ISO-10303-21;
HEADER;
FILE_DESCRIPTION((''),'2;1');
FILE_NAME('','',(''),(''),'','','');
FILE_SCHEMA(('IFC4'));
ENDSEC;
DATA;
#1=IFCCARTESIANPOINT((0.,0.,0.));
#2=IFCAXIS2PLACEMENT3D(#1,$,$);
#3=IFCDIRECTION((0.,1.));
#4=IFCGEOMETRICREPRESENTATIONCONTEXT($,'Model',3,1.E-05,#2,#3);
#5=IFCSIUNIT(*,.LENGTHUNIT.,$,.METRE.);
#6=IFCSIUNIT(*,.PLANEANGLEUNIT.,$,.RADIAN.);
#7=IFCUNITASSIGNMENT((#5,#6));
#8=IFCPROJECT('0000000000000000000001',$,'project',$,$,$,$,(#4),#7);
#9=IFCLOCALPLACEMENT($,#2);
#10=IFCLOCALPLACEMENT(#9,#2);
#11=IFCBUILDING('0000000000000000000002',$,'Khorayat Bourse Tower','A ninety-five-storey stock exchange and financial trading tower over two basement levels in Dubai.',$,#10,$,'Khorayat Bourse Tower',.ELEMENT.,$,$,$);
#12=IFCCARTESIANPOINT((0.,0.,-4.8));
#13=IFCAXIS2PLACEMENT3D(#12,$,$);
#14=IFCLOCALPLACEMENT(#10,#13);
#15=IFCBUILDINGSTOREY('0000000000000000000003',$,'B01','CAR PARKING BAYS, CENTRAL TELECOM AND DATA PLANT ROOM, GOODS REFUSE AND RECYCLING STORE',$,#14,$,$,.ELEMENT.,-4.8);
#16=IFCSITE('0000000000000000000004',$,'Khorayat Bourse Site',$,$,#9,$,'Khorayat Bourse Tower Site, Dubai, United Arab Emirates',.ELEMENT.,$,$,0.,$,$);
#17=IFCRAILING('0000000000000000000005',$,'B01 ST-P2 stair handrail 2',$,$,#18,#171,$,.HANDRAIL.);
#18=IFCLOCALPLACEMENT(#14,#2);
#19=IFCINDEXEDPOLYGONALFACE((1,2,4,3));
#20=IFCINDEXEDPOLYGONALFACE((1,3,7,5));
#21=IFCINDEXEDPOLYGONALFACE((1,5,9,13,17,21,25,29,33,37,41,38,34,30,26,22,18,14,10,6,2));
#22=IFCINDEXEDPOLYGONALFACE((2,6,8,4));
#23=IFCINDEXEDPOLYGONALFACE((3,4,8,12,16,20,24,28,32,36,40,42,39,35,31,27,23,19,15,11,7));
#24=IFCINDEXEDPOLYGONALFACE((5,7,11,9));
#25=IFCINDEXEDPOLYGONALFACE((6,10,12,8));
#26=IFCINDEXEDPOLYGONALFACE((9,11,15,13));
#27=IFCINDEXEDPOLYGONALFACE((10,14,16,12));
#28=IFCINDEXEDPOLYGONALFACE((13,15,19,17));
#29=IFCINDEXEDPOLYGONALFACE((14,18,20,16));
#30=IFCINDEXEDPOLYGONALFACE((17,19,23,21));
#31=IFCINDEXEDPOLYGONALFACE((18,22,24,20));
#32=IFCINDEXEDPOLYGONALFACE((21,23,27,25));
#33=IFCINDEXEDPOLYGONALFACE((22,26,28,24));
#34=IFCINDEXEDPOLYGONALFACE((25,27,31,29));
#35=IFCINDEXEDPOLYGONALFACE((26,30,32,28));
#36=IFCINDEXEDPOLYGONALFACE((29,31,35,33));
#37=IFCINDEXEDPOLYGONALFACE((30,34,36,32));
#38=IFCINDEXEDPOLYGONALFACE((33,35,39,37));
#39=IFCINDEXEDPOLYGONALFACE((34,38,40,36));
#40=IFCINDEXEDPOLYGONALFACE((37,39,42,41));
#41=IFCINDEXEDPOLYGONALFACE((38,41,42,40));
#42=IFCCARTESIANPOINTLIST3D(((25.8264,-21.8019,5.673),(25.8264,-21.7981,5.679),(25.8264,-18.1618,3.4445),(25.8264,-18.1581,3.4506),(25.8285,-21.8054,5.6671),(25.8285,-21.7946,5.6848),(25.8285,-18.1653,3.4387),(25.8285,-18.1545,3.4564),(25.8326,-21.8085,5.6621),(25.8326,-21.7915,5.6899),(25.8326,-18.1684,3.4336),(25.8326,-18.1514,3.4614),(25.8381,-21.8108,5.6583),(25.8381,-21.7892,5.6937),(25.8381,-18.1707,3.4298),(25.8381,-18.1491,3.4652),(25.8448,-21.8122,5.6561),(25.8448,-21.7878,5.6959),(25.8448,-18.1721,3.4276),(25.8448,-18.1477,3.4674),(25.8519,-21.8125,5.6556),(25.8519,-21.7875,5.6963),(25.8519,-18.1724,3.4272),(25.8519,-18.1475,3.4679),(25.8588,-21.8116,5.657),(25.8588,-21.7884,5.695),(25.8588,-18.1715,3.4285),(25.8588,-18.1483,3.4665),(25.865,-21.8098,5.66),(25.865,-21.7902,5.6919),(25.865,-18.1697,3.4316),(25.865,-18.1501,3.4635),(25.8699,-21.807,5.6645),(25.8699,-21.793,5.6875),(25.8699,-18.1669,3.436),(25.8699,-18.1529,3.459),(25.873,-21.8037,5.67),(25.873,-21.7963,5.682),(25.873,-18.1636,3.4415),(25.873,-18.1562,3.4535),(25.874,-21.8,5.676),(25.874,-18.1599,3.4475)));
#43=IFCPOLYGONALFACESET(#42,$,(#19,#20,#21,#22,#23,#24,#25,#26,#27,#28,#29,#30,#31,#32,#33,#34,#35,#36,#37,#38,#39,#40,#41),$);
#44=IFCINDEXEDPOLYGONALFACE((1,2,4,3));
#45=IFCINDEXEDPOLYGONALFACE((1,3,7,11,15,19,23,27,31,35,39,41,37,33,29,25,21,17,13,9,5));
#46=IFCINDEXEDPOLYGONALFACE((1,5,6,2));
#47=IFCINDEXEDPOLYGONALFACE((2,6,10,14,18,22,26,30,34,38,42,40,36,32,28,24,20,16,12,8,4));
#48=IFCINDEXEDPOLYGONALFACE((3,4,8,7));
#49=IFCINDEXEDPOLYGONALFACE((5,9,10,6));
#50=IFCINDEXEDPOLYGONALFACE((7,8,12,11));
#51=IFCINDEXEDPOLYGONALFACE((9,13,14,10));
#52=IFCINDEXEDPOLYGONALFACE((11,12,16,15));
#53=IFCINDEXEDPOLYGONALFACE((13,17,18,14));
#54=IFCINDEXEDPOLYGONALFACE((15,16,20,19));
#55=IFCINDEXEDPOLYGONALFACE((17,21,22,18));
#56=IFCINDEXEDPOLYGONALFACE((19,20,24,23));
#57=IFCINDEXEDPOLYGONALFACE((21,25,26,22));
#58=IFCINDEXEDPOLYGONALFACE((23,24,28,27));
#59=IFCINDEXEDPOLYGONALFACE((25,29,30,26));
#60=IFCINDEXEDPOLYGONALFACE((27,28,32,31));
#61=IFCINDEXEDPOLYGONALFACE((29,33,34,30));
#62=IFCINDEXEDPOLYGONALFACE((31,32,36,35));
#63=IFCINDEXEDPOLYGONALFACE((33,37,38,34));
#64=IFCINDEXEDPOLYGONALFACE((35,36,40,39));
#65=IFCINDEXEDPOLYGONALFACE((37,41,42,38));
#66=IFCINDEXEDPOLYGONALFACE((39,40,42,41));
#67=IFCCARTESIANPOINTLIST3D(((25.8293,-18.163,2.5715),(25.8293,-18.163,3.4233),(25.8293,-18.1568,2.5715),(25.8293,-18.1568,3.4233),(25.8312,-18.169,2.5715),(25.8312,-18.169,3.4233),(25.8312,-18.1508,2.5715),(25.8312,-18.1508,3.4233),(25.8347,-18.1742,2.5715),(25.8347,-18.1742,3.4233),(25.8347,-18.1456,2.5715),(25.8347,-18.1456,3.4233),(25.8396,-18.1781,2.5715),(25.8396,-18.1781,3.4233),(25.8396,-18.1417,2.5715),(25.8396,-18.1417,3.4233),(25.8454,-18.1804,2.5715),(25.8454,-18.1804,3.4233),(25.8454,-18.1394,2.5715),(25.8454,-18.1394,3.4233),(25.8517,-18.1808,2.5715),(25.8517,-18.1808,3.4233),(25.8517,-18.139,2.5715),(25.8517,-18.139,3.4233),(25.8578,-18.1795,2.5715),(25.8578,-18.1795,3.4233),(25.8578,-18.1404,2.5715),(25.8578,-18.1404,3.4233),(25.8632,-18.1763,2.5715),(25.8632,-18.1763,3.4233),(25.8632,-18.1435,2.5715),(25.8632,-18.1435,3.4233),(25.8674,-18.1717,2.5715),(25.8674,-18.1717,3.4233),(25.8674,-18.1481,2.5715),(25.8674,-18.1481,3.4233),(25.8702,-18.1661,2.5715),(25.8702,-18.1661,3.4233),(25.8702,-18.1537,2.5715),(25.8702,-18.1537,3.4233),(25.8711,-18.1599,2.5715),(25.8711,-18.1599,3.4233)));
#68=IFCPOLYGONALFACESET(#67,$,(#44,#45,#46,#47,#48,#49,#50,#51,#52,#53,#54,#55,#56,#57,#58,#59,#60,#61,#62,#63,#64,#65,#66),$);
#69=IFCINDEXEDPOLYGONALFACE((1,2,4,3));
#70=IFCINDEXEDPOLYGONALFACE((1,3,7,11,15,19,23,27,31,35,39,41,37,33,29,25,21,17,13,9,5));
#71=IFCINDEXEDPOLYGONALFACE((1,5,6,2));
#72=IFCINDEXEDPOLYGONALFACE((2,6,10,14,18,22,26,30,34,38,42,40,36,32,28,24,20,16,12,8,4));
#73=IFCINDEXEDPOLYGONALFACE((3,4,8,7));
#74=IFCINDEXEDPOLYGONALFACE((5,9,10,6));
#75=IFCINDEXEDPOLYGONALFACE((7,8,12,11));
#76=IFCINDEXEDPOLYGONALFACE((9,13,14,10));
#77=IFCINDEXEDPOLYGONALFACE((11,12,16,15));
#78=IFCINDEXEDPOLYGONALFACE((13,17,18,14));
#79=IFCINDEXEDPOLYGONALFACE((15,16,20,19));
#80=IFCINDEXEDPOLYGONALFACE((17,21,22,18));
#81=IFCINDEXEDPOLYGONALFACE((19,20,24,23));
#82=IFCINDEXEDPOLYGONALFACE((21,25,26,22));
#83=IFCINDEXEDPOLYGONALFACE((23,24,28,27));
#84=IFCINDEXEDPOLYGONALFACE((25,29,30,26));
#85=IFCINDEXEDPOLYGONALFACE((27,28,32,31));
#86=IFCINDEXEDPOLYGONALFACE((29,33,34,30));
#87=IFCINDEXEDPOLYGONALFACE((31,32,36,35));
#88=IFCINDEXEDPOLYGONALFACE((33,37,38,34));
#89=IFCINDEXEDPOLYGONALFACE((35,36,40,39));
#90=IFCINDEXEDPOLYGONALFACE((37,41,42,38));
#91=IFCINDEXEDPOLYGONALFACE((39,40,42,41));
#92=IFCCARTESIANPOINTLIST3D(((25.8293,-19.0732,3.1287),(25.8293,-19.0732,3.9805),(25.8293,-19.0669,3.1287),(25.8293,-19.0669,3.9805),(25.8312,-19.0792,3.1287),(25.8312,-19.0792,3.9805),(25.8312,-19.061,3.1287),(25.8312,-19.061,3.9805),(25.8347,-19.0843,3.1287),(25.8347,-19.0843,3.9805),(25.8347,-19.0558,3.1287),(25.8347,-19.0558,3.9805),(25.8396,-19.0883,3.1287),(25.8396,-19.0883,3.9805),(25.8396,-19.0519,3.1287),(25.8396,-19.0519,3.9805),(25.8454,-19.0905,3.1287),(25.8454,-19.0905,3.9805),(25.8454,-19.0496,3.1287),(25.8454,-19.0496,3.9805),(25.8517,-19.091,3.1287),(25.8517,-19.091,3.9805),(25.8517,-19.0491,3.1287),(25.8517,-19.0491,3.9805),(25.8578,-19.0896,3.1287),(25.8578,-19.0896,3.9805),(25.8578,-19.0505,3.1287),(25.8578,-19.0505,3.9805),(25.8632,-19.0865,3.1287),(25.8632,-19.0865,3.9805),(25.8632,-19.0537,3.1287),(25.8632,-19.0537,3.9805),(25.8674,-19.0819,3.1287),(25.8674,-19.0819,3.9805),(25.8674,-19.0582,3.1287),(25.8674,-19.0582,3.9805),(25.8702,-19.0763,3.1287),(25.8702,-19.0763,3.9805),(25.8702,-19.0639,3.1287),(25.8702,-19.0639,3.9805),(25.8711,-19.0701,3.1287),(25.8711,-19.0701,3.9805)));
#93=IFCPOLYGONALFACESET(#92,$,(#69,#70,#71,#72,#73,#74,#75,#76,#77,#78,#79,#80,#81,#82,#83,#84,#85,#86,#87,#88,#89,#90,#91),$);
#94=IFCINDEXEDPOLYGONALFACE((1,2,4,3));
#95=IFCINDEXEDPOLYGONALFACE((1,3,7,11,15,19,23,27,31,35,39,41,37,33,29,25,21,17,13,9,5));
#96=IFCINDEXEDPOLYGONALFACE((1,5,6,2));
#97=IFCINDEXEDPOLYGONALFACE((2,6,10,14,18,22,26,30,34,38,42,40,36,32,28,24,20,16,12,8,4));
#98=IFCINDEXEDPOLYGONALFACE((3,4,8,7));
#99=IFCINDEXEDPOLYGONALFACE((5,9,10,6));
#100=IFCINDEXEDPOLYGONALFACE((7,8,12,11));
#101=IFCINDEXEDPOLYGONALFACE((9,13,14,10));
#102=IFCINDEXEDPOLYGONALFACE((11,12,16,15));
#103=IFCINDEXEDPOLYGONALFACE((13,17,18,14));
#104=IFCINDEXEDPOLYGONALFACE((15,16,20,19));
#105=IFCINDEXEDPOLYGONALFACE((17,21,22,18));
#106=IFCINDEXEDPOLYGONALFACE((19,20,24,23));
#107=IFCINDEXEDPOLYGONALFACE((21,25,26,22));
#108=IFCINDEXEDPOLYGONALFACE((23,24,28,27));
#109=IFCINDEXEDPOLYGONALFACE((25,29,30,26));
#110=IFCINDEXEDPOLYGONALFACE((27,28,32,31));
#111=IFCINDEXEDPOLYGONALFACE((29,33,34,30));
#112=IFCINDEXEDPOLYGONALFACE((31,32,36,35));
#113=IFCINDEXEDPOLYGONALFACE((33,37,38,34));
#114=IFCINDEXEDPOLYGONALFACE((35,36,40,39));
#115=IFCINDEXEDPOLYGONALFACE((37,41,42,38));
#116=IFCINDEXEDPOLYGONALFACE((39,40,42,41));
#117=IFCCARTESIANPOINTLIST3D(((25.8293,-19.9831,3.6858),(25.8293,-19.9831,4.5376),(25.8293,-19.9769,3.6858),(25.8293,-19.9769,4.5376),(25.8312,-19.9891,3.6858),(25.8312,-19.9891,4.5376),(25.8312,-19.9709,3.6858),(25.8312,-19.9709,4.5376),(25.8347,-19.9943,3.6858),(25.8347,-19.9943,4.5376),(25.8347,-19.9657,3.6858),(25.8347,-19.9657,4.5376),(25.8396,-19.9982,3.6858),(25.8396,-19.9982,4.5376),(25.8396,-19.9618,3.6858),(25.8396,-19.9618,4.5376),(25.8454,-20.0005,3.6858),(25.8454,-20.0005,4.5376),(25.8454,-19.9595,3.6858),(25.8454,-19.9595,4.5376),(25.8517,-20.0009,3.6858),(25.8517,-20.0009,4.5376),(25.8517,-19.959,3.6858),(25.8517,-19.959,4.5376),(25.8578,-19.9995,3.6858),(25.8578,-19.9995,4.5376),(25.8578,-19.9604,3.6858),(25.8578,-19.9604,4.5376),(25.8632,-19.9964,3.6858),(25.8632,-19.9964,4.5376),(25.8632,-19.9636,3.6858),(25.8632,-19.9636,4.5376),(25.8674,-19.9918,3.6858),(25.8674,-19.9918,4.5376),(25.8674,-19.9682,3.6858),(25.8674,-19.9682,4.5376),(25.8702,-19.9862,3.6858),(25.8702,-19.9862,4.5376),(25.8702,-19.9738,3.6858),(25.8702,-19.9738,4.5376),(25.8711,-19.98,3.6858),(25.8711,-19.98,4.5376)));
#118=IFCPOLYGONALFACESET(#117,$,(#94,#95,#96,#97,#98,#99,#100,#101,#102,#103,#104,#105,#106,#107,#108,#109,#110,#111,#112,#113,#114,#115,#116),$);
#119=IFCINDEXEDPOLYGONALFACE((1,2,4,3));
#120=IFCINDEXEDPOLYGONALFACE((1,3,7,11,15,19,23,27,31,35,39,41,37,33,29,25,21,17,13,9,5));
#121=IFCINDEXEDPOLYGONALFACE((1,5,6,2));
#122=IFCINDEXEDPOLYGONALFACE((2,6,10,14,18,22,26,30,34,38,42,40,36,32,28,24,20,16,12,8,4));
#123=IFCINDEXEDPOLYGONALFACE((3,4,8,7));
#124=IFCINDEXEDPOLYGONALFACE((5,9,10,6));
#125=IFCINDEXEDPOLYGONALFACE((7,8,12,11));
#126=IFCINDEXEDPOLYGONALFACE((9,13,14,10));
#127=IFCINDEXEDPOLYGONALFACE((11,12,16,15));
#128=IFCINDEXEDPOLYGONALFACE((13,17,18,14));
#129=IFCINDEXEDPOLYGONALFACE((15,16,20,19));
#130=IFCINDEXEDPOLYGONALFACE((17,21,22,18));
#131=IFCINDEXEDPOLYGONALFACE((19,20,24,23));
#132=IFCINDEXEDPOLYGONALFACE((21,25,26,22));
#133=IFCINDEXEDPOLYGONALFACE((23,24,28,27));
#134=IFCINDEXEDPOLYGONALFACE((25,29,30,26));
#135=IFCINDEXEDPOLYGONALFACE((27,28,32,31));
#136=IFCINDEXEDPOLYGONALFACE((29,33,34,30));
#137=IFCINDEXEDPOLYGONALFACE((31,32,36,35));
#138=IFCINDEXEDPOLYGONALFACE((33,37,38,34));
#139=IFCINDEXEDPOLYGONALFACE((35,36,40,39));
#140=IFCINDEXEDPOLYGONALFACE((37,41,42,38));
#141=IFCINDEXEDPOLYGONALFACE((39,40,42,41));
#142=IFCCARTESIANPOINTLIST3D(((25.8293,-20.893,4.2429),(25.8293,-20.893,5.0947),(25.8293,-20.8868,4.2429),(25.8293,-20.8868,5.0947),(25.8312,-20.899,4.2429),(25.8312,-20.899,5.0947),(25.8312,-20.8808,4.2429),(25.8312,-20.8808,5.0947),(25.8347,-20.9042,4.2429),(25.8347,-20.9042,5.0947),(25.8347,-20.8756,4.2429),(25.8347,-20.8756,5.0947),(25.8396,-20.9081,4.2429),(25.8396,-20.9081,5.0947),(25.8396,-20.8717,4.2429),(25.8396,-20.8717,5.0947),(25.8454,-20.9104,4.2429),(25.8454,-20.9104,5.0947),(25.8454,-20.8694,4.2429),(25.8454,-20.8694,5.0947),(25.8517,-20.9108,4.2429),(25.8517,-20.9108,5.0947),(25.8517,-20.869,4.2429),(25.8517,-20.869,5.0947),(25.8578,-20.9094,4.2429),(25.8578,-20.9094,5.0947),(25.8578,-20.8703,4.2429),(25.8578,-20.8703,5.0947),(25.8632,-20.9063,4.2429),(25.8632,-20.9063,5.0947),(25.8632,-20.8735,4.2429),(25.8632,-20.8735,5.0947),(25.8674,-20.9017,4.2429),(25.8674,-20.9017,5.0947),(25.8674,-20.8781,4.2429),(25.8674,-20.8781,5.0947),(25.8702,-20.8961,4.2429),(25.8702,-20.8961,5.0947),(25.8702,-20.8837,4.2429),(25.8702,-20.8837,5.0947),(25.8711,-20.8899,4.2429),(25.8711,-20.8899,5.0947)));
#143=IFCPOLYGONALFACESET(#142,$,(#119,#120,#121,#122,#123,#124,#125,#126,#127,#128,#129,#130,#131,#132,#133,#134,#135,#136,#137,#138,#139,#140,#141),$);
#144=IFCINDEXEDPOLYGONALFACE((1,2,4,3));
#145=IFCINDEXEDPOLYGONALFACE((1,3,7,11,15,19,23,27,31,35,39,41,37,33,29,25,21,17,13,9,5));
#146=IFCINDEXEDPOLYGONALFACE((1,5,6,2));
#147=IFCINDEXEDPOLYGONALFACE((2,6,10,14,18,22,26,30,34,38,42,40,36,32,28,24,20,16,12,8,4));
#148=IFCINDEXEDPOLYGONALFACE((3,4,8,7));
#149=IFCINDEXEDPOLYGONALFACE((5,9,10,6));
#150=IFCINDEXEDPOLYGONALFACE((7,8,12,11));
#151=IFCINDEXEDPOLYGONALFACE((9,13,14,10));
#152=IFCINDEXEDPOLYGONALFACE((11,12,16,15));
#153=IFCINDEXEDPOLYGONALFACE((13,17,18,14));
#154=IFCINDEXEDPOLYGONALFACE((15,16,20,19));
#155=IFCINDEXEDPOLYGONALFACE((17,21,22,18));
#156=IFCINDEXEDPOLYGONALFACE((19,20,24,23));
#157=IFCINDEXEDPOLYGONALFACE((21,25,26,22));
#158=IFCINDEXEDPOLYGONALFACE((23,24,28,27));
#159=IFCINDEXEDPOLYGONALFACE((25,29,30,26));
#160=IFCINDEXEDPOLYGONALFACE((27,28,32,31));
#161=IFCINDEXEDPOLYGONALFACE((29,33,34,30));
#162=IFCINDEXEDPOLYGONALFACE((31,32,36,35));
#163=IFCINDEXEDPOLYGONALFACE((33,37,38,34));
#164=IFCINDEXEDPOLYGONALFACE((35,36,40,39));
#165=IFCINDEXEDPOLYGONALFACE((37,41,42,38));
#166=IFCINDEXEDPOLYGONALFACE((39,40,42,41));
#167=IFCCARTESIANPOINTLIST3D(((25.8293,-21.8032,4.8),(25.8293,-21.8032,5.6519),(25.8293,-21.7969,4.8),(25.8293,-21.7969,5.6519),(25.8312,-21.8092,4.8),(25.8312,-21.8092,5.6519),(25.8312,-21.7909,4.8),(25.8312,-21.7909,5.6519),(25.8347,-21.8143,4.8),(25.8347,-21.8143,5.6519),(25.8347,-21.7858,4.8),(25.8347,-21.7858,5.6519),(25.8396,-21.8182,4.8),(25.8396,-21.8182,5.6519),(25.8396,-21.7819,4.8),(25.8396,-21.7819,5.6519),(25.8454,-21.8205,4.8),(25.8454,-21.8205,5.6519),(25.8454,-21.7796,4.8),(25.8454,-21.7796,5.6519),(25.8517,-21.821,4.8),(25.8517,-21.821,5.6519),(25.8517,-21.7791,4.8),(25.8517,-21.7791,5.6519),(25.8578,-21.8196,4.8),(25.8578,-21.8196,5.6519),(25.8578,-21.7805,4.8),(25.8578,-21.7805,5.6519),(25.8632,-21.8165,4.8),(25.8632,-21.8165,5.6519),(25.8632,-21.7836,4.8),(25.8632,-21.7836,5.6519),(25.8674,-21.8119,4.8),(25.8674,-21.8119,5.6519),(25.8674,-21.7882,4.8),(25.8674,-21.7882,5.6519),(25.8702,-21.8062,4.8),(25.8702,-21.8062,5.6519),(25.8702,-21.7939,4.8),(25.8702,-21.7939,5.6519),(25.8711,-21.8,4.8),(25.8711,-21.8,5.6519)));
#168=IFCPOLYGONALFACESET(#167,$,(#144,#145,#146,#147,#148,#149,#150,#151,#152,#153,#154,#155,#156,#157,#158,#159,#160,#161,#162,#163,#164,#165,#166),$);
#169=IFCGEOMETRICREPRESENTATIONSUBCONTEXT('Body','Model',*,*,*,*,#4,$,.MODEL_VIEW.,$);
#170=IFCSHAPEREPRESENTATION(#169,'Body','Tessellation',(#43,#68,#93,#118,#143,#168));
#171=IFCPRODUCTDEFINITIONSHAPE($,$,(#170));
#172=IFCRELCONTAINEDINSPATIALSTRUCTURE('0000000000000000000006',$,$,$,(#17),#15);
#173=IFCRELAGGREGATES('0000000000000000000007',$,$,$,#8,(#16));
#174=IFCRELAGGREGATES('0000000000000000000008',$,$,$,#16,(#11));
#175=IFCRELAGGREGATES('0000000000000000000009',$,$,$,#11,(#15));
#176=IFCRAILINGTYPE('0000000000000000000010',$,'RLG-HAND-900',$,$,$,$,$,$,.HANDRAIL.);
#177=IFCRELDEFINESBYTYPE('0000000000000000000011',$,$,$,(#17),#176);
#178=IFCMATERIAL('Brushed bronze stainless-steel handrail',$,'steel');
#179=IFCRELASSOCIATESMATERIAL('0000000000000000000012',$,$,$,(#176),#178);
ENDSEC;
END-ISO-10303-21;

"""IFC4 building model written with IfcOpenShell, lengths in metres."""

from ifc_helpers import new_model, si_unit, direction, frame, origin, origin_2d, place, context, subcontext, project, spatial, circle, extrude, source, transform, mapped, material, type_object, element, save


model = new_model("IFC4")

# Units and contexts
model_context = context("Model", 3, precision=1e-05, world=origin(), true_north=direction((0.0, 1.0)))
body_context = subcontext(model_context, "Body", "Model", "MODEL_VIEW")
ifc_project = project(units=[si_unit("LENGTHUNIT", "METRE"), si_unit("PLANEANGLEUNIT", "RADIAN")], contexts=[model_context])

# Site, building, storey
site_placement = place(None, origin())
site = spatial("IfcSite", under=ifc_project, at=site_placement, Name="Khorayat Bourse Site", LongName="Khorayat Bourse Tower Site, Dubai, United Arab Emirates", CompositionType="ELEMENT", RefElevation=0.0)
building_placement = place(site_placement, origin())
building = spatial("IfcBuilding", under=site, at=building_placement, Name="Khorayat Bourse Tower", Description="A ninety-five-storey stock exchange and financial trading tower over two basement levels in Dubai.", LongName="Khorayat Bourse Tower", CompositionType="ELEMENT")
storey_placement = place(building_placement, frame((0.0, 0.0, -4.8)))
storey = spatial("IfcBuildingStorey", under=building, at=storey_placement, Name="B01", Description="CAR PARKING BAYS, CENTRAL TELECOM AND DATA PLANT ROOM, GOODS REFUSE AND RECYCLING STORE", CompositionType="ELEMENT", Elevation=-4.8)

# Railing
ifc_material_1 = material(Name="Brushed bronze stainless-steel handrail", Category="steel")
railing_type_1 = type_object("IfcRailingType", Name="RLG-HAND-900", PredefinedType="HANDRAIL", material=ifc_material_1)
shared_shape_1 = source(origin(), body_context, "Body", "SweptSolid", [
    extrude(circle(Radius=0.0239, at=origin_2d()), frame((0.0, 0.0, 0.876), z_axis=(0.0, -0.852866, 0.52213), x_axis=(1.0, 0.0, 0.0)), (0.0, 0.0, 1.0), 4.2681),
    extrude(circle(Radius=0.021, at=origin_2d()), origin(), (0.0, 0.0, 1.0), 0.8518),
    extrude(circle(Radius=0.021, at=origin_2d()), frame((0.0, -0.9102, 0.5571)), (0.0, 0.0, 1.0), 0.8518),
    extrude(circle(Radius=0.021, at=origin_2d()), frame((0.0, -1.8201, 1.1143)), (0.0, 0.0, 1.0), 0.8518),
    extrude(circle(Radius=0.021, at=origin_2d()), frame((0.0, -2.73, 1.6714)), (0.0, 0.0, 1.0), 0.8518),
    extrude(circle(Radius=0.021, at=origin_2d()), frame((0.0, -3.6401, 2.2285)), (0.0, 0.0, 1.0), 0.8518),
])
railing_1_placement = place(storey_placement, frame((25.8501, -18.1599, 2.5715)))
element("IfcRailing", 1, at=railing_1_placement, inside=storey, type_object=railing_type_1, Name="B01 ST-P2 stair handrail 2", PredefinedType="HANDRAIL", context=body_context, shape_type="MappedRepresentation", body=[
    mapped(shared_shape_1, transform((0.0, 0.0, 0.0), scale=1.0)),
])

save(model, "model.ifc")
